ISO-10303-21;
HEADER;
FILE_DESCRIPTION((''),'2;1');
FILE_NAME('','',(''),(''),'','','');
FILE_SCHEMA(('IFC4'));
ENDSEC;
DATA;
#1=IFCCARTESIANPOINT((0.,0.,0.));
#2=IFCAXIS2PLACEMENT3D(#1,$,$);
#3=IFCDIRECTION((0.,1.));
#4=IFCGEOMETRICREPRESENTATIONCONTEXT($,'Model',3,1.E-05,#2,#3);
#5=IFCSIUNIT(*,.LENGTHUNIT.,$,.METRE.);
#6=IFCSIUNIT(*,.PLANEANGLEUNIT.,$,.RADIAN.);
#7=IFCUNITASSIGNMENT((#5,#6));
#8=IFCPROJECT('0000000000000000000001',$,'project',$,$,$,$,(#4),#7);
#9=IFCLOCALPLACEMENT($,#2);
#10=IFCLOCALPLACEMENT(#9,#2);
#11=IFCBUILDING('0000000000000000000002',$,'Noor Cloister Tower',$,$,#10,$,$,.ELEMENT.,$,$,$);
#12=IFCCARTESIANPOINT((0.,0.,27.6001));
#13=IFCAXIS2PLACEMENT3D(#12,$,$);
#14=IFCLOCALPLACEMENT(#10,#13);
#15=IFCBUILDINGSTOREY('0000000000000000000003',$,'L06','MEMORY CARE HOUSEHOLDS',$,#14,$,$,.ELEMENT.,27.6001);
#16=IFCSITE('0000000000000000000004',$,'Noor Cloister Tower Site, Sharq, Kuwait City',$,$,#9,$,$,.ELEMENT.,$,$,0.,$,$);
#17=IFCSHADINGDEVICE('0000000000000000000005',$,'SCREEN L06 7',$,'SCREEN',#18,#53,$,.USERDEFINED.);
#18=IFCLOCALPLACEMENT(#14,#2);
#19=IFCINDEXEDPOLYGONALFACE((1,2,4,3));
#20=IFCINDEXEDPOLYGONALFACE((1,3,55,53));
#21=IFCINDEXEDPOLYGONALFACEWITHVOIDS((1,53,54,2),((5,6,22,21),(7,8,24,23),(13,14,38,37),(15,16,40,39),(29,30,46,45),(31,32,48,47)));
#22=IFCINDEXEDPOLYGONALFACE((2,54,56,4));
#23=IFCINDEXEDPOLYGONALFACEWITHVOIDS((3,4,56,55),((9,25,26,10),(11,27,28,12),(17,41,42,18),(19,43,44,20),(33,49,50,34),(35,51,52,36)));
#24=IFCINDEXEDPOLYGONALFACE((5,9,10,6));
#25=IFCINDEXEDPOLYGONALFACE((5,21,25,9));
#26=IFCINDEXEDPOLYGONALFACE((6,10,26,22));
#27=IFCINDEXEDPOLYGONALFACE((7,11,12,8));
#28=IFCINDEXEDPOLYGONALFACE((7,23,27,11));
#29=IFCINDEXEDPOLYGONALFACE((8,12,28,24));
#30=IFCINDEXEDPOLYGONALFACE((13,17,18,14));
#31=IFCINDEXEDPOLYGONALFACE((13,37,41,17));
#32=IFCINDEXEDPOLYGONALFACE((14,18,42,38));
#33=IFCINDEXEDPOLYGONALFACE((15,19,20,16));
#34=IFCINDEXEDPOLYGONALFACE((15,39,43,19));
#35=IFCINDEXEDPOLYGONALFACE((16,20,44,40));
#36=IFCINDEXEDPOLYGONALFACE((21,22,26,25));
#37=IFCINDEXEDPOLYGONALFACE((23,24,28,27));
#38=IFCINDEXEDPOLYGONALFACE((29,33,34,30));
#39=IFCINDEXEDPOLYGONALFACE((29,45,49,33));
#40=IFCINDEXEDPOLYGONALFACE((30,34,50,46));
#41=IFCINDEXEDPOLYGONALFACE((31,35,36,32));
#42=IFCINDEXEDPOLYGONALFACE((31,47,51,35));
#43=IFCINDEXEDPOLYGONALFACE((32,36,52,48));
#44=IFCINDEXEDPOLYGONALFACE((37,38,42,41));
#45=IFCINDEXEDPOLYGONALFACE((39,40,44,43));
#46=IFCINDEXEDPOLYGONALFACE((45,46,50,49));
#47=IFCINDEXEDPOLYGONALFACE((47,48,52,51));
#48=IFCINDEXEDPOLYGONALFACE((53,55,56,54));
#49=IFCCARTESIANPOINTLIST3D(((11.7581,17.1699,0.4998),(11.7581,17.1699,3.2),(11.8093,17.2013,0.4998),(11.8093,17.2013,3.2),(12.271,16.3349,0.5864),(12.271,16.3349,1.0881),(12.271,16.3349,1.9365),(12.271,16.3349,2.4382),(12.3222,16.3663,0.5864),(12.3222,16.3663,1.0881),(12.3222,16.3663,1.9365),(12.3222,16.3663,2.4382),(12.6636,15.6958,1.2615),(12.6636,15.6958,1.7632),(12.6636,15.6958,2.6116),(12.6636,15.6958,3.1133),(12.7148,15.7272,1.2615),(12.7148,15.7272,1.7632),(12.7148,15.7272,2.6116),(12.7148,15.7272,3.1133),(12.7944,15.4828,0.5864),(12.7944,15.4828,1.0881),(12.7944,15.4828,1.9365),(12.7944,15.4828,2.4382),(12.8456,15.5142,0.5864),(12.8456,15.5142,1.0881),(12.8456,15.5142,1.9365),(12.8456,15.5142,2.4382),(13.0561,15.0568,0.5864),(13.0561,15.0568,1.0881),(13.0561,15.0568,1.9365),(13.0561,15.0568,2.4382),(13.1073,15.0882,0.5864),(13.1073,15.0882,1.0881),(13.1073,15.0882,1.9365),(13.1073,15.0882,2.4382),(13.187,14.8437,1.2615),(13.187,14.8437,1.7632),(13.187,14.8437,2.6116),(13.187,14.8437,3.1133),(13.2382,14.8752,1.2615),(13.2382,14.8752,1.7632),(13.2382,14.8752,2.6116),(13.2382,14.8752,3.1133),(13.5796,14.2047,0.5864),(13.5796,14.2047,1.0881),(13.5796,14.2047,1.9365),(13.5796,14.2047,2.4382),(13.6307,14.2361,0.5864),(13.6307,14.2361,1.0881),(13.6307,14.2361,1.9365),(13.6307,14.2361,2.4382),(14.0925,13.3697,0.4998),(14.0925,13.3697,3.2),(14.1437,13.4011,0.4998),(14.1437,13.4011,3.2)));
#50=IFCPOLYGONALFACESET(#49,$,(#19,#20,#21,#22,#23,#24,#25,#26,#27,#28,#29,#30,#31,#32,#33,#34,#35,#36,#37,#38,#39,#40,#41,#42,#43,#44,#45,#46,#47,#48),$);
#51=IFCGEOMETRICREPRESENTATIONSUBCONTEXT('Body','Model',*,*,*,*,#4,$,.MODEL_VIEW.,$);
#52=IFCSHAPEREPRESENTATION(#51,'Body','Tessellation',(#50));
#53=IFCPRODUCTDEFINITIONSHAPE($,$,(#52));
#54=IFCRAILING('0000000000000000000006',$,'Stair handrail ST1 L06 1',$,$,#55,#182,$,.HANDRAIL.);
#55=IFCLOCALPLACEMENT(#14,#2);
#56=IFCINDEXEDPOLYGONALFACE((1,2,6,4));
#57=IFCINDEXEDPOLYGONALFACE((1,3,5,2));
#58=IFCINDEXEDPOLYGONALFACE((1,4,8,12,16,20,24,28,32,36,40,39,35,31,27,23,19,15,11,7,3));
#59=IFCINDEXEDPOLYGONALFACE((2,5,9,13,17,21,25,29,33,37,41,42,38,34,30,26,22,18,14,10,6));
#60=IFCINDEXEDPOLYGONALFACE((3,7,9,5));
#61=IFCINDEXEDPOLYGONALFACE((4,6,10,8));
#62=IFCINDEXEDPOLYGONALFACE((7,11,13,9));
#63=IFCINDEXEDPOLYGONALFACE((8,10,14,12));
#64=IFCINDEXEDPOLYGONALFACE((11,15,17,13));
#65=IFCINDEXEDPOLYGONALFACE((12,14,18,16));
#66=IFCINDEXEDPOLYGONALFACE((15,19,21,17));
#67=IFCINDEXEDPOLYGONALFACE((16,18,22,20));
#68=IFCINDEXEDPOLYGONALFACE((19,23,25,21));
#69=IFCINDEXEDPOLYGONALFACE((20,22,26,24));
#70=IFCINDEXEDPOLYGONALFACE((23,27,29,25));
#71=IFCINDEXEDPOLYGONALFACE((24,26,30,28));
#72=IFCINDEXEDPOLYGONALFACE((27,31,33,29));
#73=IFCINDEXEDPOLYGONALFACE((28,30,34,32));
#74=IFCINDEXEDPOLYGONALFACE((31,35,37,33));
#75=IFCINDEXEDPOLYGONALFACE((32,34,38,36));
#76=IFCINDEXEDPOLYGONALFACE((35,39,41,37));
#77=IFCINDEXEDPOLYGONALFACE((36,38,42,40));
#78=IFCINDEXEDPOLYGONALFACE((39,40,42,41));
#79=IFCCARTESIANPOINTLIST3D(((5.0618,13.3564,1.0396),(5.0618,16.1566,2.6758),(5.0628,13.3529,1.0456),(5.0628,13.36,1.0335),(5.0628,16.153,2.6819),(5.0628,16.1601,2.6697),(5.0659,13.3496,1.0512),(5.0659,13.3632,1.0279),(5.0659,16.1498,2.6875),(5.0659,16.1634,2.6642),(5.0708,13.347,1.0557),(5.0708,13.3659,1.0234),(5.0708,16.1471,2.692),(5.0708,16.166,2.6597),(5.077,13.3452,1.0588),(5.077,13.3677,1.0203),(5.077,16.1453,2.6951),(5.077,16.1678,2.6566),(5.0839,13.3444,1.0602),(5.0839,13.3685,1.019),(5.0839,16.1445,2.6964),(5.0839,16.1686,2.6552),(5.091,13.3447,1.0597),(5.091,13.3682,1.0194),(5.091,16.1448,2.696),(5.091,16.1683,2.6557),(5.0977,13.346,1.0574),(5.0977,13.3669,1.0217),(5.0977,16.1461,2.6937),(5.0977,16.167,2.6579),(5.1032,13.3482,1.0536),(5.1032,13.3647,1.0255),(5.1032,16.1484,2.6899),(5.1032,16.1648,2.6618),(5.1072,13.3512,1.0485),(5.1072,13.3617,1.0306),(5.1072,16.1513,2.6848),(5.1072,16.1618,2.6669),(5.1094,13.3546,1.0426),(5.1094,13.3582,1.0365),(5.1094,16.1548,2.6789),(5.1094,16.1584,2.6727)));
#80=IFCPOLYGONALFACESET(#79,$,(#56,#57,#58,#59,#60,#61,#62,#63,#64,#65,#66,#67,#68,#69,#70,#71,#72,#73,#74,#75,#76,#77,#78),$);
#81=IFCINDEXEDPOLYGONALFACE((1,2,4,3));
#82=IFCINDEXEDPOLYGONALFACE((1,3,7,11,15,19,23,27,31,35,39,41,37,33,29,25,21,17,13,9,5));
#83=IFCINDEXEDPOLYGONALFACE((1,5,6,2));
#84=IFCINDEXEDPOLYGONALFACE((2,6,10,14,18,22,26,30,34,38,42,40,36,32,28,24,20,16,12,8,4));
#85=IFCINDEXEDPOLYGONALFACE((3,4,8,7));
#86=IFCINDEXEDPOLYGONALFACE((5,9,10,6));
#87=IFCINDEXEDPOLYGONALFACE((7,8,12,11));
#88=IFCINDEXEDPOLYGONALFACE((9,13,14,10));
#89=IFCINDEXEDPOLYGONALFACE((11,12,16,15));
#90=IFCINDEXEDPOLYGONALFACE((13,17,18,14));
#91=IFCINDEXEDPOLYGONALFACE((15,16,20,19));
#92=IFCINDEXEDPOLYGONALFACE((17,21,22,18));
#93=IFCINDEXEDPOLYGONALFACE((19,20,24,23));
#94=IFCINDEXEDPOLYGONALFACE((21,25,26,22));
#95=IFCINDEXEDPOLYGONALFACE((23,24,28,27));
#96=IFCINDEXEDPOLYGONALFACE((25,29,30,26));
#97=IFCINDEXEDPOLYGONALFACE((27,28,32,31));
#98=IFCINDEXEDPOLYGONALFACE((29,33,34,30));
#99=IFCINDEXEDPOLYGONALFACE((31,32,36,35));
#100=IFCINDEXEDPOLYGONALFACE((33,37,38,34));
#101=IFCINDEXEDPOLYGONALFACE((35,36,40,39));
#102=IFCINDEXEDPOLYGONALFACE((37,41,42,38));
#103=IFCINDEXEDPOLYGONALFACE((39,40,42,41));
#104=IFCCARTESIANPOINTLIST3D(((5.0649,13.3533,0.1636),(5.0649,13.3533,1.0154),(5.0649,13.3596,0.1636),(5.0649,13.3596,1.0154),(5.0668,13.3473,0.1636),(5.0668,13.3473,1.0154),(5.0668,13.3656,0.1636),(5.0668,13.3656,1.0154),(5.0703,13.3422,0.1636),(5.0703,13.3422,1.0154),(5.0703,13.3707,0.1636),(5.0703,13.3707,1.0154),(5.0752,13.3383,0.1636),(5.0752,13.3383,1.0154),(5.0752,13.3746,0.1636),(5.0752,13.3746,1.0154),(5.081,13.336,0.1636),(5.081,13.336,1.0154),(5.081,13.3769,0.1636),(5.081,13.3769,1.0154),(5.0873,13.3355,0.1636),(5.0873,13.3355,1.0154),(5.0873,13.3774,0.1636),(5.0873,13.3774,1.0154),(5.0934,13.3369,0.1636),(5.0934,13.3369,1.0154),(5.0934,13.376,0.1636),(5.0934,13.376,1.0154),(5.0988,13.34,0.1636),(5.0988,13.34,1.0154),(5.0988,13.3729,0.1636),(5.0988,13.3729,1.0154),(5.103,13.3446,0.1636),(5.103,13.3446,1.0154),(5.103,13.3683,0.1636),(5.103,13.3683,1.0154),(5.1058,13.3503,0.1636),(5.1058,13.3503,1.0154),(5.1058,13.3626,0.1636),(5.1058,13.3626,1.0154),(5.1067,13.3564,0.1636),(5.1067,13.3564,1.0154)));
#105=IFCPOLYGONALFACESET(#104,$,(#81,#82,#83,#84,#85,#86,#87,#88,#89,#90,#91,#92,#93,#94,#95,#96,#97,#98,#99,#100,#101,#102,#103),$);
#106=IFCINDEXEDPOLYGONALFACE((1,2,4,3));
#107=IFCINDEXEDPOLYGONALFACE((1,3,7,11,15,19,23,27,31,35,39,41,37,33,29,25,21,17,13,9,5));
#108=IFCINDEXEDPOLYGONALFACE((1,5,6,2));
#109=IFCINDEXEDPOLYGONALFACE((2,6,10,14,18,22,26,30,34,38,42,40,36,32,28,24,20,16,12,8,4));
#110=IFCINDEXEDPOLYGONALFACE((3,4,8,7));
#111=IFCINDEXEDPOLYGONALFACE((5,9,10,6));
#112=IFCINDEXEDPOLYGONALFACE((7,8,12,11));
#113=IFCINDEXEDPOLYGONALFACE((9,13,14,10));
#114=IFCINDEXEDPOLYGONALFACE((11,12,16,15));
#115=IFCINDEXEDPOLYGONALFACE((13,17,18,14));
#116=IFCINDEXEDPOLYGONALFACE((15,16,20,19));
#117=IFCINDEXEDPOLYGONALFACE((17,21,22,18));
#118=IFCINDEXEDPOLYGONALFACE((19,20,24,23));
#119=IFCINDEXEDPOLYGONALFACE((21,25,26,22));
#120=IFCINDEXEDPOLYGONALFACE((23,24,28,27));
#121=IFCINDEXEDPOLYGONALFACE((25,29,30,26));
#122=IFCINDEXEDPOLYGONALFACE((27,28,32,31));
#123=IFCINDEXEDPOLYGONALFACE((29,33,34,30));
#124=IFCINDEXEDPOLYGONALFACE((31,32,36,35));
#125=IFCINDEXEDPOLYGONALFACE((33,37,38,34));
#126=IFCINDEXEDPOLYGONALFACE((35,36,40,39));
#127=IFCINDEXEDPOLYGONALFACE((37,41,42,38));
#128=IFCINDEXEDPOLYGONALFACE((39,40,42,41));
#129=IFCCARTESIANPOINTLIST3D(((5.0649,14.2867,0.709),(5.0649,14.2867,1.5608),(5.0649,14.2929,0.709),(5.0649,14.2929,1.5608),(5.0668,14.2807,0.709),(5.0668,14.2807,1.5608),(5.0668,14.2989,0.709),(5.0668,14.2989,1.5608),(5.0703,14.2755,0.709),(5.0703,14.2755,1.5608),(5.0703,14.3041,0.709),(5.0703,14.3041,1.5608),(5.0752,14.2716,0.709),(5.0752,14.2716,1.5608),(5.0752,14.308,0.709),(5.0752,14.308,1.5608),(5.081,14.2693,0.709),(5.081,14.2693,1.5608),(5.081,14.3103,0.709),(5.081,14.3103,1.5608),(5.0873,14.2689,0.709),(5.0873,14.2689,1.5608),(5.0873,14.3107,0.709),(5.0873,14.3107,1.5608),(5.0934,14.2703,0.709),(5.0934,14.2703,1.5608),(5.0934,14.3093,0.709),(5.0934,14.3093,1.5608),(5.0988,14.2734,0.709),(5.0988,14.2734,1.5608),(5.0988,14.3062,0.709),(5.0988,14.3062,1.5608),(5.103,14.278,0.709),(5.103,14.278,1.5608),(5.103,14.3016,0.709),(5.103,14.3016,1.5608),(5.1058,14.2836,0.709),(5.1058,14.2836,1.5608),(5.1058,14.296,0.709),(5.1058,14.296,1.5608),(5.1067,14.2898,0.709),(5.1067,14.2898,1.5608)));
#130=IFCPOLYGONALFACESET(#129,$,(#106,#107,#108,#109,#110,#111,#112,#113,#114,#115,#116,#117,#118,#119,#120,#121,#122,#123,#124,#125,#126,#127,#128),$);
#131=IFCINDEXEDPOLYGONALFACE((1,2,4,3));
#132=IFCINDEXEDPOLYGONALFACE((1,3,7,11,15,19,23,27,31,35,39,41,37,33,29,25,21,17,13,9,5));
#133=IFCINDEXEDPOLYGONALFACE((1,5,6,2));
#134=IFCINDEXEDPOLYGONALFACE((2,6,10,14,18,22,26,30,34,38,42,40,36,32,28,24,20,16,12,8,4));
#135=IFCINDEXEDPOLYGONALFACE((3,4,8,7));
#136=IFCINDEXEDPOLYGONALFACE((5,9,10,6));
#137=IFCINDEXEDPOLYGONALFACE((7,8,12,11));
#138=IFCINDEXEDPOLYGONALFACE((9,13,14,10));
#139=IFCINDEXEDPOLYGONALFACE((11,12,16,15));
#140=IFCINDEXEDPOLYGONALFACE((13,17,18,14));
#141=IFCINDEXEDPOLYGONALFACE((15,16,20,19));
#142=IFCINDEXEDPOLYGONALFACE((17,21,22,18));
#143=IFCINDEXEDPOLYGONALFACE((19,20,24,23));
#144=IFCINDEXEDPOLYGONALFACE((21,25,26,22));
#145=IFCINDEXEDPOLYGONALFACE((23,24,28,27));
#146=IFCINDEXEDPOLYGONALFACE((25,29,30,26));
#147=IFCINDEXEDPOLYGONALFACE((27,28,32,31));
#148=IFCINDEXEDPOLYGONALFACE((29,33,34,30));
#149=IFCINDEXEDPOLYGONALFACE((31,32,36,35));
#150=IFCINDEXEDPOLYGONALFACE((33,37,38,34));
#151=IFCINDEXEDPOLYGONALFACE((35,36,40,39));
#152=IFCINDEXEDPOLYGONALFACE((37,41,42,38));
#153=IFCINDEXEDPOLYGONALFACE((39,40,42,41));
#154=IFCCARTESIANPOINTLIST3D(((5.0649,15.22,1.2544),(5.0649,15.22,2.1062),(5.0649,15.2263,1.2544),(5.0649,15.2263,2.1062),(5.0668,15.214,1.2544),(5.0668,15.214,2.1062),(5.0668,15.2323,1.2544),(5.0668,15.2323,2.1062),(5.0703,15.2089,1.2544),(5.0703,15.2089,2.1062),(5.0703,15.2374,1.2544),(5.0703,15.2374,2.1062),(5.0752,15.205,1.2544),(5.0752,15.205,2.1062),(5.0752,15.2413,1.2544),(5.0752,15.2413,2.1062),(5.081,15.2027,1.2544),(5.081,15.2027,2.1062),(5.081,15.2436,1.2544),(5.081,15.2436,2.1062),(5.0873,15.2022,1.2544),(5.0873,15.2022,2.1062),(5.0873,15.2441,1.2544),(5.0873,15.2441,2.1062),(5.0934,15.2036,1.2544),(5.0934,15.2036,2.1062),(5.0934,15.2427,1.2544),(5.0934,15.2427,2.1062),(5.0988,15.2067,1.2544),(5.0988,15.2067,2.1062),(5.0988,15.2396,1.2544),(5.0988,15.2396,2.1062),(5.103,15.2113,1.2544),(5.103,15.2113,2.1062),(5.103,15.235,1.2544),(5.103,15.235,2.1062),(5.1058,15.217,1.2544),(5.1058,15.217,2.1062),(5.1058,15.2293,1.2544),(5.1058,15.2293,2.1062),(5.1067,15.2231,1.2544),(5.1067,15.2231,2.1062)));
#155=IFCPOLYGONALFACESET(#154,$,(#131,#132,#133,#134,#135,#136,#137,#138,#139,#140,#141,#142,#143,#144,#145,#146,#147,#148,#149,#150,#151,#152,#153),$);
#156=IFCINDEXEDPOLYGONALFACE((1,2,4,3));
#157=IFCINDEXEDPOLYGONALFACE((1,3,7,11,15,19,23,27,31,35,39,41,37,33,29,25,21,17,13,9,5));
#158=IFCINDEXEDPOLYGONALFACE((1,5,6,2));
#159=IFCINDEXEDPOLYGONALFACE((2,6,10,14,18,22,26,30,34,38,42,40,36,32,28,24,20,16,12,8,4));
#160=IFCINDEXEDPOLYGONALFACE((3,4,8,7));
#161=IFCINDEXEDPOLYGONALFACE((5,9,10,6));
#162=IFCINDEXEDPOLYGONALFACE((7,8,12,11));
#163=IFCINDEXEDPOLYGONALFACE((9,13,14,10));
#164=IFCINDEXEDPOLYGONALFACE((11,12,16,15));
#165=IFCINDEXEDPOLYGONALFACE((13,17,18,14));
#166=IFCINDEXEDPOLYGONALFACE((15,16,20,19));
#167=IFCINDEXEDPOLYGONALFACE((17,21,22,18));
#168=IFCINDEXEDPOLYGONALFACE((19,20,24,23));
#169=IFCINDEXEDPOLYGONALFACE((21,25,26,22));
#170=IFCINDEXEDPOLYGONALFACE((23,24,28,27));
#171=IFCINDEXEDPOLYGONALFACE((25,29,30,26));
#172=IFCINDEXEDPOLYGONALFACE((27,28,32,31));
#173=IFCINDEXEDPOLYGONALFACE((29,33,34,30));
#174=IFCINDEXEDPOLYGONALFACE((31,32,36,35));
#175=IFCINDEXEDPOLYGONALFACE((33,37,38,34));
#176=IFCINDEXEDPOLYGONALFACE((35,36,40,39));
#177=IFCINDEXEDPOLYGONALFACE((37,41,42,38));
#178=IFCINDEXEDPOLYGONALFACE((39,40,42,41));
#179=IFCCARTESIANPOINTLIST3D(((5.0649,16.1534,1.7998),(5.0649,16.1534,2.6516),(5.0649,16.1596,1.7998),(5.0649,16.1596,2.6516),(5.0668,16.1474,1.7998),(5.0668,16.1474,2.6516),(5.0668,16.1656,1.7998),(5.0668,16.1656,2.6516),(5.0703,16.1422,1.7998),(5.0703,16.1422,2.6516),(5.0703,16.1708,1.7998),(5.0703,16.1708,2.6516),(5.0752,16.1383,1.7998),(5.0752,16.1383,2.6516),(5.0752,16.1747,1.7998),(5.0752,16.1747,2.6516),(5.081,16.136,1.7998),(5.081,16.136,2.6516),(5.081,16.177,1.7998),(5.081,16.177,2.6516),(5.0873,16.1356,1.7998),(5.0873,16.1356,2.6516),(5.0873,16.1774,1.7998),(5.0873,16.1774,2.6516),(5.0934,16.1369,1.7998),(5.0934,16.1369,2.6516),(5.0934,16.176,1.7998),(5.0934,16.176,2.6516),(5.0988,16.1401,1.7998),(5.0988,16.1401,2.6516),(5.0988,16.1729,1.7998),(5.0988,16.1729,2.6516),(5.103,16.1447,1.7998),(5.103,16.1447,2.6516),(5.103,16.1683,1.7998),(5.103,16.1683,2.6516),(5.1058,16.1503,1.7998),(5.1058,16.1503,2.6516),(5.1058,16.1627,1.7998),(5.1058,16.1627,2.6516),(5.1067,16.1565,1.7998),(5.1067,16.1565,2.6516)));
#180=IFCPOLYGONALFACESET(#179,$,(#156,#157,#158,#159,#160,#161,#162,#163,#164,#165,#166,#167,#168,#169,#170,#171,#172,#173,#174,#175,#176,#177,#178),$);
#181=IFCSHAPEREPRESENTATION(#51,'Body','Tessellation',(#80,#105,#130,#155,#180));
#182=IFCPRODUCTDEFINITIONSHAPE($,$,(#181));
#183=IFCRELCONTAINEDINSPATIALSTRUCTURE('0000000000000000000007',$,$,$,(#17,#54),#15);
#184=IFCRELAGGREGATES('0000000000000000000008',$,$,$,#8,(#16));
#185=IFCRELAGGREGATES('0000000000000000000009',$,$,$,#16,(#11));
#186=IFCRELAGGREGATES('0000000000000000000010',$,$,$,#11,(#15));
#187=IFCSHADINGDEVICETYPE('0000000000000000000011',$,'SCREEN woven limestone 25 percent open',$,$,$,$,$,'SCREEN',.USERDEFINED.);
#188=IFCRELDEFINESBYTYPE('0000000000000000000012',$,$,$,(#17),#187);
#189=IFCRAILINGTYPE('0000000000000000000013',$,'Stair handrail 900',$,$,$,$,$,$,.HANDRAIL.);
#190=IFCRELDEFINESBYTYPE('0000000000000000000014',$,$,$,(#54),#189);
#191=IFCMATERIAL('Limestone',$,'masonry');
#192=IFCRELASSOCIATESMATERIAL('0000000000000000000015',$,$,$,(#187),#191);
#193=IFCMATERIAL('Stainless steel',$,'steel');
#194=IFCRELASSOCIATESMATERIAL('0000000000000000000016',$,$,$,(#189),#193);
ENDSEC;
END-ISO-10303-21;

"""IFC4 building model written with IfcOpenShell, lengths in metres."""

from ifc_helpers import new_model, si_unit, direction, frame, origin, origin_2d, place, context, subcontext, project, spatial, polyline, circle, outline, extrude, material, material_profile, profile_set, type_object, element, save


model = new_model("IFC4")

# Units and contexts
model_context = context("Model", 3, precision=1e-05, world=origin(), true_north=direction((0.0, 1.0)))
body_context = subcontext(model_context, "Body", "Model", "MODEL_VIEW")
ifc_project = project(units=[si_unit("LENGTHUNIT", "METRE"), si_unit("PLANEANGLEUNIT", "RADIAN")], contexts=[model_context])

# Site, building, storey
site_placement = place(None, origin())
site = spatial("IfcSite", under=ifc_project, at=site_placement, Name="Noor Cloister Tower Site, Sharq, Kuwait City", CompositionType="ELEMENT", RefElevation=0.0)
building_placement = place(site_placement, origin())
building = spatial("IfcBuilding", under=site, at=building_placement, Name="Noor Cloister Tower", CompositionType="ELEMENT")
storey_placement = place(building_placement, frame((0.0, 0.0, 27.6001)))
storey = spatial("IfcBuildingStorey", under=building, at=storey_placement, Name="L06", Description="MEMORY CARE HOUSEHOLDS", CompositionType="ELEMENT", Elevation=27.6001)

# Shading device
ifc_material_1 = material(Name="Limestone", Category="masonry")
ifc_material_profile_1 = material_profile(ifc_material_1, outline(polyline([(-2.23, -1.3501), (2.23, -1.3501), (2.23, 1.3501), (-2.23, 1.3501), (-2.23, -1.3501)]), holes=[polyline([(-1.25, -1.2634), (-0.25, -1.2634), (-0.25, -0.7617), (-1.25, -0.7617), (-1.25, -1.2634)]), polyline([(0.25, -1.2634), (1.25, -1.2634), (1.25, -0.7617), (0.25, -0.7617), (0.25, -1.2634)]), polyline([(-0.5, -0.5884), (0.5, -0.5884), (0.5, -0.0867), (-0.5, -0.0867), (-0.5, -0.5884)]), polyline([(-1.25, 0.0867), (-0.25, 0.0867), (-0.25, 0.5884), (-1.25, 0.5884), (-1.25, 0.0867)]), polyline([(0.25, 0.0867), (1.25, 0.0867), (1.25, 0.5884), (0.25, 0.5884), (0.25, 0.0867)]), polyline([(-0.5, 0.7617), (0.5, 0.7617), (0.5, 1.2634), (-0.5, 1.2634), (-0.5, 0.7617)])]), Name="Woven screen 25 percent open")
ifc_profile_set_1 = profile_set([ifc_material_profile_1], Name="Limestone")
shading_device_type = type_object("IfcShadingDeviceType", Name="SCREEN woven limestone 25 percent open", ElementType="SCREEN", PredefinedType="USERDEFINED", material=ifc_profile_set_1)
for number, where, z_axis, x_axis, name in (
    (1, (12.9253, 15.2698, 1.8499), (0.852076, 0.523418, 0.0), (-0.523418, 0.852076, 0.0), "SCREEN L06 7"),
):
    element("IfcShadingDevice", number, at=place(storey_placement, frame(where, z_axis=z_axis, x_axis=x_axis)), inside=storey, type_object=shading_device_type, Name=name, ObjectType="SCREEN", PredefinedType="USERDEFINED", context=body_context, shape_type="SweptSolid", body=[
        extrude(outline(polyline([(-2.23, -1.3501), (2.23, -1.3501), (2.23, 1.3501), (-2.23, 1.3501), (-2.23, -1.3501)]), holes=[polyline([(-1.25, -1.2634), (-0.25, -1.2634), (-0.25, -0.7617), (-1.25, -0.7617), (-1.25, -1.2634)]), polyline([(0.25, -1.2634), (1.25, -1.2634), (1.25, -0.7617), (0.25, -0.7617), (0.25, -1.2634)]), polyline([(-0.5, -0.5884), (0.5, -0.5884), (0.5, -0.0867), (-0.5, -0.0867), (-0.5, -0.5884)]), polyline([(-1.25, 0.0867), (-0.25, 0.0867), (-0.25, 0.5884), (-1.25, 0.5884), (-1.25, 0.0867)]), polyline([(0.25, 0.0867), (1.25, 0.0867), (1.25, 0.5884), (0.25, 0.5884), (0.25, 0.0867)]), polyline([(-0.5, 0.7617), (0.5, 0.7617), (0.5, 1.2634), (-0.5, 1.2634), (-0.5, 0.7617)])]), origin(), (0.0, 0.0, 1.0), 0.0601),
    ])

# Railing
ifc_material_2 = material(Name="Stainless steel", Category="steel")
railing_type_1 = type_object("IfcRailingType", Name="Stair handrail 900", PredefinedType="HANDRAIL", material=ifc_material_2)
railing_1_placement = place(storey_placement, frame((5.0857, 13.3564, 0.1636)))
element("IfcRailing", 2, at=railing_1_placement, inside=storey, type_object=railing_type_1, Name="Stair handrail ST1 L06 1", PredefinedType="HANDRAIL", context=body_context, shape_type="SweptSolid", body=[
    extrude(circle(Radius=0.0239, at=origin_2d()), frame((0.0, 0.0, 0.876), z_axis=(0.0, 0.863394, 0.504531), x_axis=(-1.0, 0.0, 0.0)), (0.0, 0.0, 1.0), 3.2432),
    extrude(circle(Radius=0.021, at=origin_2d()), origin(), (0.0, 0.0, 1.0), 0.8518),
    extrude(circle(Radius=0.021, at=origin_2d()), frame((0.0, 0.9333, 0.5454)), (0.0, 0.0, 1.0), 0.8518),
    extrude(circle(Radius=0.021, at=origin_2d()), frame((0.0, 1.8667, 1.0908)), (0.0, 0.0, 1.0), 0.8518),
    extrude(circle(Radius=0.021, at=origin_2d()), frame((0.0, 2.8, 1.6362)), (0.0, 0.0, 1.0), 0.8518),
])

save(model, "model.ifc")
